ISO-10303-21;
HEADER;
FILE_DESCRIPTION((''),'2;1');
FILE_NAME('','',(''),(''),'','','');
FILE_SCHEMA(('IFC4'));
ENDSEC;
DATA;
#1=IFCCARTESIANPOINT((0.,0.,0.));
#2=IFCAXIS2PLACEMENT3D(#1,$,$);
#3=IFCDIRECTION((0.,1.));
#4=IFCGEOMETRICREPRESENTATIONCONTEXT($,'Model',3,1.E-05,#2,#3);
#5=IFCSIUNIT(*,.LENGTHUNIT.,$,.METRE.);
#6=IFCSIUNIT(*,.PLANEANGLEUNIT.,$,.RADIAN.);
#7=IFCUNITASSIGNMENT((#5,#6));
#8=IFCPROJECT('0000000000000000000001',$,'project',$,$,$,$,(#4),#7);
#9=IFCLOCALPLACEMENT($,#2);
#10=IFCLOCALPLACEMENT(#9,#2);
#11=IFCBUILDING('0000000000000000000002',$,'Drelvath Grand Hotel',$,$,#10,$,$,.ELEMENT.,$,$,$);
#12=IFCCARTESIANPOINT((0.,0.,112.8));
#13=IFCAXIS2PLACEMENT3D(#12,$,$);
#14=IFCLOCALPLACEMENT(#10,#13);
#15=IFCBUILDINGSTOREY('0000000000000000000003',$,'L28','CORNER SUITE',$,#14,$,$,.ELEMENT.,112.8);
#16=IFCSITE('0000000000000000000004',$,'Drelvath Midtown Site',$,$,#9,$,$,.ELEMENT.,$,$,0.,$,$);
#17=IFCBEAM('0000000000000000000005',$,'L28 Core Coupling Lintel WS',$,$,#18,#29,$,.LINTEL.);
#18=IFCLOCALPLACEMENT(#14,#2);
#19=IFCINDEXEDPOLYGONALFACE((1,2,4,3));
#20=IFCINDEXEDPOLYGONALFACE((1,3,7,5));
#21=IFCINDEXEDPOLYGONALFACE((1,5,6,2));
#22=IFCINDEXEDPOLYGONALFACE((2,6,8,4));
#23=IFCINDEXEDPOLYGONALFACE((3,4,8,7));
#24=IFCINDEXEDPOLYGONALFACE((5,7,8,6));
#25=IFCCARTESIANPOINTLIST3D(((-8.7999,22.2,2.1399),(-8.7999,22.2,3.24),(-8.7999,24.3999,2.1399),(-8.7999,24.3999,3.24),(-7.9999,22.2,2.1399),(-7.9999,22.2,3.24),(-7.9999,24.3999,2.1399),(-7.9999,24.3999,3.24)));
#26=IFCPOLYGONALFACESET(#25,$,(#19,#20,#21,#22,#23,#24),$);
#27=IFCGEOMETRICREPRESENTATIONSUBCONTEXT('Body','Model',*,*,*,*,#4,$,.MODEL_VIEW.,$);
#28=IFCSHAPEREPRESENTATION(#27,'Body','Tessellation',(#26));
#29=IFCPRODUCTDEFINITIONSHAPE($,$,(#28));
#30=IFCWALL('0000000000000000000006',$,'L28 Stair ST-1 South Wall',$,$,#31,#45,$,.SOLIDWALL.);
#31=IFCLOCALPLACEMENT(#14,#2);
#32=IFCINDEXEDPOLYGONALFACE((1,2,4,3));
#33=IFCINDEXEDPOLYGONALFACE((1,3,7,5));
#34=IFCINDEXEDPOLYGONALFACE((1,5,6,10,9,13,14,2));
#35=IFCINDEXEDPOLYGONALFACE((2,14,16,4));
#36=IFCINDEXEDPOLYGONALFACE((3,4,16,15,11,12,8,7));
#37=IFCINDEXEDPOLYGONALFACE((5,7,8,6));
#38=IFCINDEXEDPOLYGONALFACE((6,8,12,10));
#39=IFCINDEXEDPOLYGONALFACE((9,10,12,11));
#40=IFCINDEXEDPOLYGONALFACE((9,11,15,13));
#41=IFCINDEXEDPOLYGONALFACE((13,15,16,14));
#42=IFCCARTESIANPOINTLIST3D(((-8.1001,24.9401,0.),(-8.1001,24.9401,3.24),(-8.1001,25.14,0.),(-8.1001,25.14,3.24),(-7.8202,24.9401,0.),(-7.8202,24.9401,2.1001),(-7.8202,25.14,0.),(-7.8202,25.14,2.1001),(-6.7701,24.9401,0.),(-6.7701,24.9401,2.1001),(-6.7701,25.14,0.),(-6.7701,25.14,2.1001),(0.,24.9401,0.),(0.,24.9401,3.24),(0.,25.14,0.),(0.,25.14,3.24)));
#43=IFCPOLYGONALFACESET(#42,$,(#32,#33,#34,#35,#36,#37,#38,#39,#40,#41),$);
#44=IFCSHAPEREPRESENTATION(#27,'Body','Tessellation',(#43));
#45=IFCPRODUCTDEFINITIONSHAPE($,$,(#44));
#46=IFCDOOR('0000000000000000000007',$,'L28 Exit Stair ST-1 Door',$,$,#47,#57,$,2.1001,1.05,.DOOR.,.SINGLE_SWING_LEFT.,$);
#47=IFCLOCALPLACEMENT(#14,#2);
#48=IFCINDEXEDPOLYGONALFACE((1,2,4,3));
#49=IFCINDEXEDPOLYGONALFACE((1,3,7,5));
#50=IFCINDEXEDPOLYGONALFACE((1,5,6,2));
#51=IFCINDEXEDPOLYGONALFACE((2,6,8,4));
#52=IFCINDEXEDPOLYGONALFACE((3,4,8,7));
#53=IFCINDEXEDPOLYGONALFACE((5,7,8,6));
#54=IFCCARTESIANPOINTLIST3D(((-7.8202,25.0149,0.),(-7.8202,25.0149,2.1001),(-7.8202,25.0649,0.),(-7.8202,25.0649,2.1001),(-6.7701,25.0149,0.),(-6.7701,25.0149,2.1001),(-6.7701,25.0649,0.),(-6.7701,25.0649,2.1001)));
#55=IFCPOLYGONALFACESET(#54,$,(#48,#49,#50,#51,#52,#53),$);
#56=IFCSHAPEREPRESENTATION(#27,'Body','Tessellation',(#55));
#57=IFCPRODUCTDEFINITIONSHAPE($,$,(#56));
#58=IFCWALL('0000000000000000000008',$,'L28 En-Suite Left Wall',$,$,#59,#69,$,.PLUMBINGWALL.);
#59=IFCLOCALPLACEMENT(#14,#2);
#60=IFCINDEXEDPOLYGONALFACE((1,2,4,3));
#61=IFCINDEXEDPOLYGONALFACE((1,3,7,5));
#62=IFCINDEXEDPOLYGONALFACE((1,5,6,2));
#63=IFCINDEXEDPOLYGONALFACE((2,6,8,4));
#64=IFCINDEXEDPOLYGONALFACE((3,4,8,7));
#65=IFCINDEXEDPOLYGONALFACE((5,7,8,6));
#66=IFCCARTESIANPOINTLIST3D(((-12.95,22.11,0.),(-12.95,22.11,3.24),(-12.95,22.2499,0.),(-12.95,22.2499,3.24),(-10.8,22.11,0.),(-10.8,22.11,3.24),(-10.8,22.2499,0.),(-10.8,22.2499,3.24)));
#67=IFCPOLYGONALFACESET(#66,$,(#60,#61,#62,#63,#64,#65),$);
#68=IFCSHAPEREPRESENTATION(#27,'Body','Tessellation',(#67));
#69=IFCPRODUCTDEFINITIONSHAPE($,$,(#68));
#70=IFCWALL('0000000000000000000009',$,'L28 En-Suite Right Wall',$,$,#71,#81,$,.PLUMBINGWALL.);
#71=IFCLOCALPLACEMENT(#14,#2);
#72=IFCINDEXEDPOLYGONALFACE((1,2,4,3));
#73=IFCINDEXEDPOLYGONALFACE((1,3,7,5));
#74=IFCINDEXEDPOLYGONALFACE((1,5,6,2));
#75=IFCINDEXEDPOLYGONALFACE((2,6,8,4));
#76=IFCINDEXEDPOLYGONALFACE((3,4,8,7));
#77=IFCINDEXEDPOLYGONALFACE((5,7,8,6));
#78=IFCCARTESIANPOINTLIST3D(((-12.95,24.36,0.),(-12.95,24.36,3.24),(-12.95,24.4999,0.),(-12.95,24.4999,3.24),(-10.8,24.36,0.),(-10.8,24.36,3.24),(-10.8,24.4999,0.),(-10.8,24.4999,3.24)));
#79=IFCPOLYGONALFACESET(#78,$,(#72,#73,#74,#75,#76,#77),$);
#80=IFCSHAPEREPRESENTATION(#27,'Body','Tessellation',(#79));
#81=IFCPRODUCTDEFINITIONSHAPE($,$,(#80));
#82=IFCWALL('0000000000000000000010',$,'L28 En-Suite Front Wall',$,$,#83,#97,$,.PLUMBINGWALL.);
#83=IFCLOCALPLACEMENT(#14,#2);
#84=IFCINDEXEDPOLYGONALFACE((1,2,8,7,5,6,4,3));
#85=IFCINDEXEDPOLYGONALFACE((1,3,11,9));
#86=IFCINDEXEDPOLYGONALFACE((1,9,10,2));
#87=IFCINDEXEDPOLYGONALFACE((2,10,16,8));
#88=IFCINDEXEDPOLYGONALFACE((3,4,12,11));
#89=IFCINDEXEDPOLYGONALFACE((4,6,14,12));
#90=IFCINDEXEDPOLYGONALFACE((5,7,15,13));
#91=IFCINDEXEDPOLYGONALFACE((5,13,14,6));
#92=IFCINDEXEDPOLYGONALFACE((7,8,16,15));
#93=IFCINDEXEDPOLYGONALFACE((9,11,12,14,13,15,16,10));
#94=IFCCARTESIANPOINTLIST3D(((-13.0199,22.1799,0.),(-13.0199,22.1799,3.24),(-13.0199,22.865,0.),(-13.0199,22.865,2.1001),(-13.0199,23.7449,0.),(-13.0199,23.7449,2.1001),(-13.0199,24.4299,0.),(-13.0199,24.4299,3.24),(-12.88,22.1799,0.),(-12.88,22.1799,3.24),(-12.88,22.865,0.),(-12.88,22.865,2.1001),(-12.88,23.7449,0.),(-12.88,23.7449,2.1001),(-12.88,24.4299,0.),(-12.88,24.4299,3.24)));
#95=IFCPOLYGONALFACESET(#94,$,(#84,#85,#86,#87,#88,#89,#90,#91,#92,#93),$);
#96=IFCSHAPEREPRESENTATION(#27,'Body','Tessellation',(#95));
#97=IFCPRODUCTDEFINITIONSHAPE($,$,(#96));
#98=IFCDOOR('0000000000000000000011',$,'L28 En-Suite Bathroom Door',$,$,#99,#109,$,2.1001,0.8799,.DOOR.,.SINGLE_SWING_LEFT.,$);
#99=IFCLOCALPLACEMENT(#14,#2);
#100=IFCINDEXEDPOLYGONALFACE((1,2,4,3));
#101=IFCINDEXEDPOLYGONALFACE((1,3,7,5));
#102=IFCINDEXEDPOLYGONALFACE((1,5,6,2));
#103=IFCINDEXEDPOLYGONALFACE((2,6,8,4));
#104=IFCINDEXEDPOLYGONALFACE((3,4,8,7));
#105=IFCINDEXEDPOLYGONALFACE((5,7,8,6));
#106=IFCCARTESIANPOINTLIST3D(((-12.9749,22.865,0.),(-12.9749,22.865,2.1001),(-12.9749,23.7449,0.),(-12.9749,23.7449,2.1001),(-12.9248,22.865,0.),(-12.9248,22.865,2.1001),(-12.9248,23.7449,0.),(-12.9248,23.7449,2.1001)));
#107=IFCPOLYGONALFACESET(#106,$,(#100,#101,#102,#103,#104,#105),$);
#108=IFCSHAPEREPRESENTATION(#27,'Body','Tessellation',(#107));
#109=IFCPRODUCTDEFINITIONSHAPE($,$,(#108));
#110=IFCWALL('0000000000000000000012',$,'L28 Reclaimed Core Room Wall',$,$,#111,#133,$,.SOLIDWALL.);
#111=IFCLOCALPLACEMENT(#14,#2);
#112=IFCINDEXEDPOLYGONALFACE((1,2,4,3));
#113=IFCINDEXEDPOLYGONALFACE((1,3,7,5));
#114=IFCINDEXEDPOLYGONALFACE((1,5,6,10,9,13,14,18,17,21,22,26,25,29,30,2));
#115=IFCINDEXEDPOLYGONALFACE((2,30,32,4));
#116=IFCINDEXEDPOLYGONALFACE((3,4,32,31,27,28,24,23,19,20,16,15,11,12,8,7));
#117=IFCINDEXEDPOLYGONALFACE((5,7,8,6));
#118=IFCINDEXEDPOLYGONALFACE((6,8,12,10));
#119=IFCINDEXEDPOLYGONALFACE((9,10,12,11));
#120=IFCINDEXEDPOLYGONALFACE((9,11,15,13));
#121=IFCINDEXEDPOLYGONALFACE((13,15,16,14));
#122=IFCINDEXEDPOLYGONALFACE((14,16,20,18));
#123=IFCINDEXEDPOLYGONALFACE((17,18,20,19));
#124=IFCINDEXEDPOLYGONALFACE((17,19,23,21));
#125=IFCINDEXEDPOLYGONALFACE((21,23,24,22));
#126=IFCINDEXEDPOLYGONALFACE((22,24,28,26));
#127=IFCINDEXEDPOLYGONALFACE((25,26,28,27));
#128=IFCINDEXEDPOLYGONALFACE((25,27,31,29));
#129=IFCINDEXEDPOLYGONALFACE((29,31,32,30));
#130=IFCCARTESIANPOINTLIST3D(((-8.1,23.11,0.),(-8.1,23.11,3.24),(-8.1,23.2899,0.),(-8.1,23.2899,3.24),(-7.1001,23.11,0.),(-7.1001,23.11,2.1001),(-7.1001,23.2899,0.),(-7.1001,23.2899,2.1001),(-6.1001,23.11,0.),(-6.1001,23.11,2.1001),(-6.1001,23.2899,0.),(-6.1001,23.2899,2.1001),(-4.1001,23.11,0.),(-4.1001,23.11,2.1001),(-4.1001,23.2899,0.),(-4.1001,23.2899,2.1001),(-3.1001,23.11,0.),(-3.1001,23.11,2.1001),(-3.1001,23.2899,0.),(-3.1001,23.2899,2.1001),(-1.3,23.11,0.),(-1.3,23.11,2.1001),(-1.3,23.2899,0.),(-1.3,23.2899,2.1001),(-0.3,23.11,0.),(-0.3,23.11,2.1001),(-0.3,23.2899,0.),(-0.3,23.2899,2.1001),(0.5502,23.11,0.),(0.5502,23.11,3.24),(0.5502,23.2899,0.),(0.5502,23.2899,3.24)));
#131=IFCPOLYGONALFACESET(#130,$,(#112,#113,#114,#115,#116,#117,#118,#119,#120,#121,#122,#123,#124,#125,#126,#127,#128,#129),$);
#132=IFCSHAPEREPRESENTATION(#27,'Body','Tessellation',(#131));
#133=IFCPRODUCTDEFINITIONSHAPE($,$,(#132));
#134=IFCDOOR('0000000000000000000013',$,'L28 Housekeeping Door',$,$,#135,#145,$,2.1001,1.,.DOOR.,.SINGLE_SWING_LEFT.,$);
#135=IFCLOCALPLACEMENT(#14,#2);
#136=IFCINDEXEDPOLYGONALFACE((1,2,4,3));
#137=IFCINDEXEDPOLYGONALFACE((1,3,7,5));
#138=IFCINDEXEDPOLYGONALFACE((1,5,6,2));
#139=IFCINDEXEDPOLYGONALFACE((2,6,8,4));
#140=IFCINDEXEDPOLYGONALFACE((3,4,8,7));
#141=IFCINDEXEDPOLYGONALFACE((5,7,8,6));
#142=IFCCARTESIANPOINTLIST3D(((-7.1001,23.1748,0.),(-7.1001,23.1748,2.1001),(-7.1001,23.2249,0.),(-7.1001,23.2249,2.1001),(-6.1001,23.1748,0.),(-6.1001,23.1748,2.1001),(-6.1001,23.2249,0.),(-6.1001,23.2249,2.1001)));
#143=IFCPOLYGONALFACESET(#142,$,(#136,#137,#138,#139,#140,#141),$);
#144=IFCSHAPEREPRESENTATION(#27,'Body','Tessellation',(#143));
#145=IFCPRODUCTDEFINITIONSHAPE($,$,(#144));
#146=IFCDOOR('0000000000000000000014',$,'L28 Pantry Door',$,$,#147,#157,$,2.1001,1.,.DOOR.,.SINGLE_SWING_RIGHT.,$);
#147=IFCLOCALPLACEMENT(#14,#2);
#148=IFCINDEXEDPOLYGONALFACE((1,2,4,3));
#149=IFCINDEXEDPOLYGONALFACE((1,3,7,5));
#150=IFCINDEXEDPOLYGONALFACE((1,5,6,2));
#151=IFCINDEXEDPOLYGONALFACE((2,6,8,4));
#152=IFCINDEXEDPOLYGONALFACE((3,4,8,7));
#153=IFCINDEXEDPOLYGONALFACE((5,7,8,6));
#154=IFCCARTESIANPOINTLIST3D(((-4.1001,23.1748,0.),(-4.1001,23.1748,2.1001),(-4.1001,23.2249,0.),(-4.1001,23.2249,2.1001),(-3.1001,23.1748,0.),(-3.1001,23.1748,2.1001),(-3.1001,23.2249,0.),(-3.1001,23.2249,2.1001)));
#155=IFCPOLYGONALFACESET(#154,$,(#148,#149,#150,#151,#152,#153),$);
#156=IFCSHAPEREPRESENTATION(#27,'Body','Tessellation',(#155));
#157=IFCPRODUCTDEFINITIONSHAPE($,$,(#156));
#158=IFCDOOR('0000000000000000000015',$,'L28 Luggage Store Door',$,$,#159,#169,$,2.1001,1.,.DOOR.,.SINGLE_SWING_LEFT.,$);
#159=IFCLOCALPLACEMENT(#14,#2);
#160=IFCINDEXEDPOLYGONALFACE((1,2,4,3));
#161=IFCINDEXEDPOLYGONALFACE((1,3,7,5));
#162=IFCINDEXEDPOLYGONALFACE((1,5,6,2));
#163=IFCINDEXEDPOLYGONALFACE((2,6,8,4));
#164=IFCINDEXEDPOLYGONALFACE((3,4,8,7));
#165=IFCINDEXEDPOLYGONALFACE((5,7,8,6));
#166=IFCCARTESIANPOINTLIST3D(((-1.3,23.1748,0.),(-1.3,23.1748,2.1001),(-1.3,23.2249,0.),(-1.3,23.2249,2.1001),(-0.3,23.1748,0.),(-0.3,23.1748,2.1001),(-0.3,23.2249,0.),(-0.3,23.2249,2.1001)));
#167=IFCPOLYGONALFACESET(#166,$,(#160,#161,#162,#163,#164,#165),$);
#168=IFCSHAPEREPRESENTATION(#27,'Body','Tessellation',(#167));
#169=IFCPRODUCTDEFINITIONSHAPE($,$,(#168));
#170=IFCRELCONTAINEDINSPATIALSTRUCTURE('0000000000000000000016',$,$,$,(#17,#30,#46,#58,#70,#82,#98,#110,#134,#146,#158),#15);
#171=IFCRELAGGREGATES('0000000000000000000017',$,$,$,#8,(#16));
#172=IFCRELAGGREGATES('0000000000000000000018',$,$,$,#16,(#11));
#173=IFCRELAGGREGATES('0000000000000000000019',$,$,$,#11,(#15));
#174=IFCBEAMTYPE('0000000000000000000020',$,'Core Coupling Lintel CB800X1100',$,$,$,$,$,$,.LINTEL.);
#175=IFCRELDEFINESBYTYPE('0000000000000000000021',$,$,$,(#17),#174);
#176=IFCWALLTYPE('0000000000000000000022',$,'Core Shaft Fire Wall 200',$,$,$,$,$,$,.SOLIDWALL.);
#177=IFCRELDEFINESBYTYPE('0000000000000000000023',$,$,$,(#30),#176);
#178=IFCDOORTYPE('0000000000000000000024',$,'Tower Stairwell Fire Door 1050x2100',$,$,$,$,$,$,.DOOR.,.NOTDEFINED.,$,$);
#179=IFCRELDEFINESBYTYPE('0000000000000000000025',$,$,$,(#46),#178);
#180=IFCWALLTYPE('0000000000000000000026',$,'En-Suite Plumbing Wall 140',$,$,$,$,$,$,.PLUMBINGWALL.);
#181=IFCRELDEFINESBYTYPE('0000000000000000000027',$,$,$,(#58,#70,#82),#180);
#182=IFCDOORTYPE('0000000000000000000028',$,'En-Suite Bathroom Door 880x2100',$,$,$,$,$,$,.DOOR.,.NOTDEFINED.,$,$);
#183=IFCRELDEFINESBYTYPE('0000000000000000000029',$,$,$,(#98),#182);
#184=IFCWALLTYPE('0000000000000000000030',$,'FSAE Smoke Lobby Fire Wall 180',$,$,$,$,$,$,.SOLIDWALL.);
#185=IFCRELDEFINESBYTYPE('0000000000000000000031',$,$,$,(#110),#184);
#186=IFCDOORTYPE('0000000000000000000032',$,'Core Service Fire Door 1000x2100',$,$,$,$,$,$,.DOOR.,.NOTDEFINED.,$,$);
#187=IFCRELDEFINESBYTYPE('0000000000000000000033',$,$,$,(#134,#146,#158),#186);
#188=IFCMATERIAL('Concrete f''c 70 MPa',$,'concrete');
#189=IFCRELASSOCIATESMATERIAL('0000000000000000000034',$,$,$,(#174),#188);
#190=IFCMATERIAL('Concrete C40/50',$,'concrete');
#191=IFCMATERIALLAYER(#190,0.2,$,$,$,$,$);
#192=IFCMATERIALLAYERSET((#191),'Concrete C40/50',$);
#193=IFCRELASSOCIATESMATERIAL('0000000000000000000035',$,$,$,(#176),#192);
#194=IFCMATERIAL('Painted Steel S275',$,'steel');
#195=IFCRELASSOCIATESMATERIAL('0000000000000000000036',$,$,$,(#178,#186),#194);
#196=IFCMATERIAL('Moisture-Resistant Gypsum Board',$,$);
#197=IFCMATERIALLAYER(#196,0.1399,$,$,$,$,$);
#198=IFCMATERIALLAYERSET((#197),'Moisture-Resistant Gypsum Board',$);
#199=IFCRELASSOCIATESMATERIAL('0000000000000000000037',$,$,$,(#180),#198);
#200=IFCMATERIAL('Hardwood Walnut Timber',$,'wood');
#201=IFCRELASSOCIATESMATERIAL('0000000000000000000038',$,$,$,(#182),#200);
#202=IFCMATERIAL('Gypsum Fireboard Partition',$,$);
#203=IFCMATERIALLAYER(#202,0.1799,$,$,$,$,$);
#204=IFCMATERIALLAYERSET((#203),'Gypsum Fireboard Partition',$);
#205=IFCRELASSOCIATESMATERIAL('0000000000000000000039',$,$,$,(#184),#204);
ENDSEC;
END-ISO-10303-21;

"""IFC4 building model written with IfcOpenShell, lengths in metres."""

from ifc_helpers import new_model, si_unit, direction, frame, frame_2d, origin, origin_2d, place, context, subcontext, project, spatial, rectangle, extrude, material, layer, layer_set, material_profile, profile_set, type_object, element, fill, save


model = new_model("IFC4")

# Units and contexts
model_context = context("Model", 3, precision=1e-05, world=origin(), true_north=direction((0.0, 1.0)))
body_context = subcontext(model_context, "Body", "Model", "MODEL_VIEW")
ifc_project = project(units=[si_unit("LENGTHUNIT", "METRE"), si_unit("PLANEANGLEUNIT", "RADIAN")], contexts=[model_context])

# Site, building, storey
site_placement = place(None, origin())
site = spatial("IfcSite", under=ifc_project, at=site_placement, Name="Drelvath Midtown Site", CompositionType="ELEMENT", RefElevation=0.0)
building_placement = place(site_placement, origin())
building = spatial("IfcBuilding", under=site, at=building_placement, Name="Drelvath Grand Hotel", CompositionType="ELEMENT")
storey_placement = place(building_placement, frame((0.0, 0.0, 112.8)))
storey = spatial("IfcBuildingStorey", under=building, at=storey_placement, Name="L28", Description="CORNER SUITE", CompositionType="ELEMENT", Elevation=112.8)

# Beam
ifc_material_1 = material(Name="Concrete f'c 70 MPa", Category="concrete")
ifc_material_profile = material_profile(ifc_material_1, rectangle(XDim=0.8, YDim=1.1001, at=origin_2d()), Name="CB800X1100")
ifc_profile_set = profile_set([ifc_material_profile], Name="Concrete f'c 70 MPa")
beam_type = type_object("IfcBeamType", Name="Core Coupling Lintel CB800X1100", PredefinedType="LINTEL", material=ifc_profile_set)
beam_placement = place(storey_placement, frame((-8.3999, 22.2, 2.6899), z_axis=(0.0, 1.0, 0.0), x_axis=(-1.0, 0.0, 0.0)))
element("IfcBeam", 1, at=beam_placement, inside=storey, type_object=beam_type, Name="L28 Core Coupling Lintel WS", PredefinedType="LINTEL", context=body_context, shape_type="SweptSolid", body=[
    extrude(rectangle(XDim=0.8, YDim=1.1001, at=origin_2d()), origin(), (0.0, 0.0, 1.0), 2.2),
])

# Wall, opening, door
ifc_material_2 = material(Name="Concrete C40/50", Category="concrete")
ifc_layer_1 = layer(ifc_material_2, 0.2)
ifc_layer_set_1 = layer_set([ifc_layer_1], Name="Concrete C40/50")
wall_type_1 = type_object("IfcWallType", Name="Core Shaft Fire Wall 200", PredefinedType="SOLIDWALL", material=ifc_layer_set_1)
wall_1_placement = place(storey_placement, frame((-8.1001, 25.04, 0.0), z_axis=(0.0, 0.0, 1.0), x_axis=(1.0, 0.0, 0.0)))
wall_1 = element("IfcWall", 2, at=wall_1_placement, inside=storey, type_object=wall_type_1, Name="L28 Stair ST-1 South Wall", PredefinedType="SOLIDWALL", context=body_context, shape_type="SweptSolid", body=[
    extrude(rectangle(XDim=8.1001, YDim=0.2, at=frame_2d((4.05, 0.0))), origin(), (0.0, 0.0, 1.0), 3.24),
])
opening_1_placement = place(wall_1_placement, frame((0.28, 0.0, 0.0)))
opening_1 = element("IfcOpeningElement", 3, at=opening_1_placement, cuts=wall_1, PredefinedType="OPENING", context=body_context, shape_type="SweptSolid", body=[
    extrude(rectangle(XDim=1.05, YDim=2.1001, at=frame_2d((0.5249, 1.05))), frame((0.0, 0.1099, 0.0), z_axis=(0.0, -1.0, 0.0), x_axis=(1.0, 0.0, 0.0)), (0.0, 0.0, 1.0), 0.22),
])
ifc_material_3 = material(Name="Painted Steel S275", Category="steel")
door_type_1 = type_object("IfcDoorType", Name="Tower Stairwell Fire Door 1050x2100", OperationType="NOTDEFINED", PredefinedType="DOOR", material=ifc_material_3)
door_1_placement = place(opening_1_placement, origin())
door_1 = element("IfcDoor", 4, at=door_1_placement, inside=storey, type_object=door_type_1, Name="L28 Exit Stair ST-1 Door", OperationType="SINGLE_SWING_LEFT", OverallHeight=2.1001, OverallWidth=1.05, PredefinedType="DOOR", context=body_context, shape_type="SweptSolid", body=[
    extrude(rectangle(XDim=1.05, YDim=2.1001, at=frame_2d((0.5249, 1.05))), frame((0.0, 0.0249, 0.0), z_axis=(0.0, -1.0, 0.0), x_axis=(1.0, 0.0, 0.0)), (0.0, 0.0, 1.0), 0.05),
])
fill(opening_1, door_1)

# Walls
ifc_material_4 = material(Name="Moisture-Resistant Gypsum Board")
ifc_layer_2 = layer(ifc_material_4, 0.1399)
ifc_layer_set_2 = layer_set([ifc_layer_2], Name="Moisture-Resistant Gypsum Board")
wall_type_2 = type_object("IfcWallType", Name="En-Suite Plumbing Wall 140", PredefinedType="PLUMBINGWALL", material=ifc_layer_set_2)
for number, where, z_axis, x_axis, name in (
    (5, (-10.8, 22.1799, 0.0), (0.0, 0.0, 1.0), (-1.0, 0.0, 0.0), "L28 En-Suite Left Wall"),
    (6, (-10.8, 24.4299, 0.0), (0.0, 0.0, 1.0), (-1.0, 0.0, 0.0), "L28 En-Suite Right Wall"),
):
    element("IfcWall", number, at=place(storey_placement, frame(where, z_axis=z_axis, x_axis=x_axis)), inside=storey, type_object=wall_type_2, Name=name, PredefinedType="PLUMBINGWALL", context=body_context, shape_type="SweptSolid", body=[
        extrude(rectangle(XDim=2.1499, YDim=0.1399, at=frame_2d((1.075, 0.0))), origin(), (0.0, 0.0, 1.0), 3.24),
    ])

# Wall, opening, door
wall_2_placement = place(storey_placement, frame((-12.95, 22.1799, 0.0), z_axis=(0.0, 0.0, 1.0), x_axis=(0.0, 1.0, 0.0)))
wall_2 = element("IfcWall", 7, at=wall_2_placement, inside=storey, type_object=wall_type_2, Name="L28 En-Suite Front Wall", PredefinedType="PLUMBINGWALL", context=body_context, shape_type="SweptSolid", body=[
    extrude(rectangle(XDim=2.25, YDim=0.1399, at=frame_2d((1.125, 0.0))), origin(), (0.0, 0.0, 1.0), 3.24),
])
opening_2_placement = place(wall_2_placement, frame((0.6851, 0.0, 0.0)))
opening_2 = element("IfcOpeningElement", 8, at=opening_2_placement, cuts=wall_2, PredefinedType="OPENING", context=body_context, shape_type="SweptSolid", body=[
    extrude(rectangle(XDim=0.8799, YDim=2.1001, at=frame_2d((0.4399, 1.05))), frame((0.0, 0.0798, 0.0), z_axis=(0.0, -1.0, 0.0), x_axis=(1.0, 0.0, 0.0)), (0.0, 0.0, 1.0), 0.1599),
])
ifc_material_5 = material(Name="Hardwood Walnut Timber", Category="wood")
door_type_2 = type_object("IfcDoorType", Name="En-Suite Bathroom Door 880x2100", OperationType="NOTDEFINED", PredefinedType="DOOR", material=ifc_material_5)
door_2_placement = place(opening_2_placement, origin())
door_2 = element("IfcDoor", 9, at=door_2_placement, inside=storey, type_object=door_type_2, Name="L28 En-Suite Bathroom Door", OperationType="SINGLE_SWING_LEFT", OverallHeight=2.1001, OverallWidth=0.8799, PredefinedType="DOOR", context=body_context, shape_type="SweptSolid", body=[
    extrude(rectangle(XDim=0.8799, YDim=2.1001, at=frame_2d((0.4399, 1.05))), frame((0.0, 0.0249, 0.0), z_axis=(0.0, -1.0, 0.0), x_axis=(1.0, 0.0, 0.0)), (0.0, 0.0, 1.0), 0.05),
])
fill(opening_2, door_2)

# Wall, openings, doors
ifc_material_6 = material(Name="Gypsum Fireboard Partition")
ifc_layer_3 = layer(ifc_material_6, 0.1799)
ifc_layer_set_3 = layer_set([ifc_layer_3], Name="Gypsum Fireboard Partition")
wall_type_3 = type_object("IfcWallType", Name="FSAE Smoke Lobby Fire Wall 180", PredefinedType="SOLIDWALL", material=ifc_layer_set_3)
wall_3_placement = place(storey_placement, frame((-8.1001, 23.2, 0.0), z_axis=(0.0, 0.0, 1.0), x_axis=(1.0, 0.0, 0.0)))
wall_3 = element("IfcWall", 10, at=wall_3_placement, inside=storey, type_object=wall_type_3, Name="L28 Reclaimed Core Room Wall", PredefinedType="SOLIDWALL", context=body_context, shape_type="SweptSolid", body=[
    extrude(rectangle(XDim=8.6501, YDim=0.1799, at=frame_2d((4.3252, 0.0))), origin(), (0.0, 0.0, 1.0), 3.24),
])
opening_3_placement = place(wall_3_placement, frame((1.0, 0.0, 0.0)))
opening_3 = element("IfcOpeningElement", 11, at=opening_3_placement, cuts=wall_3, PredefinedType="OPENING", context=body_context, shape_type="SweptSolid", body=[
    extrude(rectangle(XDim=1.0, YDim=2.1001, at=frame_2d((0.5, 1.05))), frame((0.0, 0.0999, 0.0), z_axis=(0.0, -1.0, 0.0), x_axis=(1.0, 0.0, 0.0)), (0.0, 0.0, 1.0), 0.2),
])
opening_4_placement = place(wall_3_placement, frame((4.0, 0.0, 0.0)))
opening_4 = element("IfcOpeningElement", 12, at=opening_4_placement, cuts=wall_3, PredefinedType="OPENING", context=body_context, shape_type="SweptSolid", body=[
    extrude(rectangle(XDim=1.0, YDim=2.1001, at=frame_2d((0.5, 1.05))), frame((0.0, 0.0999, 0.0), z_axis=(0.0, -1.0, 0.0), x_axis=(1.0, 0.0, 0.0)), (0.0, 0.0, 1.0), 0.2),
])
opening_5_placement = place(wall_3_placement, frame((6.8, 0.0, 0.0)))
opening_5 = element("IfcOpeningElement", 13, at=opening_5_placement, cuts=wall_3, PredefinedType="OPENING", context=body_context, shape_type="SweptSolid", body=[
    extrude(rectangle(XDim=1.0, YDim=2.1001, at=frame_2d((0.5, 1.05))), frame((0.0, 0.0999, 0.0), z_axis=(0.0, -1.0, 0.0), x_axis=(1.0, 0.0, 0.0)), (0.0, 0.0, 1.0), 0.2),
])
door_type_3 = type_object("IfcDoorType", Name="Core Service Fire Door 1000x2100", OperationType="NOTDEFINED", PredefinedType="DOOR", material=ifc_material_3)
door_3_placement = place(opening_3_placement, origin())
door_3 = element("IfcDoor", 14, at=door_3_placement, inside=storey, type_object=door_type_3, Name="L28 Housekeeping Door", OperationType="SINGLE_SWING_LEFT", OverallHeight=2.1001, OverallWidth=1.0, PredefinedType="DOOR", context=body_context, shape_type="SweptSolid", body=[
    extrude(rectangle(XDim=1.0, YDim=2.1001, at=frame_2d((0.5, 1.05))), frame((0.0, 0.0249, 0.0), z_axis=(0.0, -1.0, 0.0), x_axis=(1.0, 0.0, 0.0)), (0.0, 0.0, 1.0), 0.05),
])
fill(opening_3, door_3)
door_4_placement = place(opening_4_placement, origin())
door_4 = element("IfcDoor", 15, at=door_4_placement, inside=storey, type_object=door_type_3, Name="L28 Pantry Door", OperationType="SINGLE_SWING_RIGHT", OverallHeight=2.1001, OverallWidth=1.0, PredefinedType="DOOR", context=body_context, shape_type="SweptSolid", body=[
    extrude(rectangle(XDim=1.0, YDim=2.1001, at=frame_2d((0.5, 1.05))), frame((0.0, 0.0249, 0.0), z_axis=(0.0, -1.0, 0.0), x_axis=(1.0, 0.0, 0.0)), (0.0, 0.0, 1.0), 0.05),
])
fill(opening_4, door_4)
door_5_placement = place(opening_5_placement, origin())
door_5 = element("IfcDoor", 16, at=door_5_placement, inside=storey, type_object=door_type_3, Name="L28 Luggage Store Door", OperationType="SINGLE_SWING_LEFT", OverallHeight=2.1001, OverallWidth=1.0, PredefinedType="DOOR", context=body_context, shape_type="SweptSolid", body=[
    extrude(rectangle(XDim=1.0, YDim=2.1001, at=frame_2d((0.5, 1.05))), frame((0.0, 0.0249, 0.0), z_axis=(0.0, -1.0, 0.0), x_axis=(1.0, 0.0, 0.0)), (0.0, 0.0, 1.0), 0.05),
])
fill(opening_5, door_5)

save(model, "model.ifc")
